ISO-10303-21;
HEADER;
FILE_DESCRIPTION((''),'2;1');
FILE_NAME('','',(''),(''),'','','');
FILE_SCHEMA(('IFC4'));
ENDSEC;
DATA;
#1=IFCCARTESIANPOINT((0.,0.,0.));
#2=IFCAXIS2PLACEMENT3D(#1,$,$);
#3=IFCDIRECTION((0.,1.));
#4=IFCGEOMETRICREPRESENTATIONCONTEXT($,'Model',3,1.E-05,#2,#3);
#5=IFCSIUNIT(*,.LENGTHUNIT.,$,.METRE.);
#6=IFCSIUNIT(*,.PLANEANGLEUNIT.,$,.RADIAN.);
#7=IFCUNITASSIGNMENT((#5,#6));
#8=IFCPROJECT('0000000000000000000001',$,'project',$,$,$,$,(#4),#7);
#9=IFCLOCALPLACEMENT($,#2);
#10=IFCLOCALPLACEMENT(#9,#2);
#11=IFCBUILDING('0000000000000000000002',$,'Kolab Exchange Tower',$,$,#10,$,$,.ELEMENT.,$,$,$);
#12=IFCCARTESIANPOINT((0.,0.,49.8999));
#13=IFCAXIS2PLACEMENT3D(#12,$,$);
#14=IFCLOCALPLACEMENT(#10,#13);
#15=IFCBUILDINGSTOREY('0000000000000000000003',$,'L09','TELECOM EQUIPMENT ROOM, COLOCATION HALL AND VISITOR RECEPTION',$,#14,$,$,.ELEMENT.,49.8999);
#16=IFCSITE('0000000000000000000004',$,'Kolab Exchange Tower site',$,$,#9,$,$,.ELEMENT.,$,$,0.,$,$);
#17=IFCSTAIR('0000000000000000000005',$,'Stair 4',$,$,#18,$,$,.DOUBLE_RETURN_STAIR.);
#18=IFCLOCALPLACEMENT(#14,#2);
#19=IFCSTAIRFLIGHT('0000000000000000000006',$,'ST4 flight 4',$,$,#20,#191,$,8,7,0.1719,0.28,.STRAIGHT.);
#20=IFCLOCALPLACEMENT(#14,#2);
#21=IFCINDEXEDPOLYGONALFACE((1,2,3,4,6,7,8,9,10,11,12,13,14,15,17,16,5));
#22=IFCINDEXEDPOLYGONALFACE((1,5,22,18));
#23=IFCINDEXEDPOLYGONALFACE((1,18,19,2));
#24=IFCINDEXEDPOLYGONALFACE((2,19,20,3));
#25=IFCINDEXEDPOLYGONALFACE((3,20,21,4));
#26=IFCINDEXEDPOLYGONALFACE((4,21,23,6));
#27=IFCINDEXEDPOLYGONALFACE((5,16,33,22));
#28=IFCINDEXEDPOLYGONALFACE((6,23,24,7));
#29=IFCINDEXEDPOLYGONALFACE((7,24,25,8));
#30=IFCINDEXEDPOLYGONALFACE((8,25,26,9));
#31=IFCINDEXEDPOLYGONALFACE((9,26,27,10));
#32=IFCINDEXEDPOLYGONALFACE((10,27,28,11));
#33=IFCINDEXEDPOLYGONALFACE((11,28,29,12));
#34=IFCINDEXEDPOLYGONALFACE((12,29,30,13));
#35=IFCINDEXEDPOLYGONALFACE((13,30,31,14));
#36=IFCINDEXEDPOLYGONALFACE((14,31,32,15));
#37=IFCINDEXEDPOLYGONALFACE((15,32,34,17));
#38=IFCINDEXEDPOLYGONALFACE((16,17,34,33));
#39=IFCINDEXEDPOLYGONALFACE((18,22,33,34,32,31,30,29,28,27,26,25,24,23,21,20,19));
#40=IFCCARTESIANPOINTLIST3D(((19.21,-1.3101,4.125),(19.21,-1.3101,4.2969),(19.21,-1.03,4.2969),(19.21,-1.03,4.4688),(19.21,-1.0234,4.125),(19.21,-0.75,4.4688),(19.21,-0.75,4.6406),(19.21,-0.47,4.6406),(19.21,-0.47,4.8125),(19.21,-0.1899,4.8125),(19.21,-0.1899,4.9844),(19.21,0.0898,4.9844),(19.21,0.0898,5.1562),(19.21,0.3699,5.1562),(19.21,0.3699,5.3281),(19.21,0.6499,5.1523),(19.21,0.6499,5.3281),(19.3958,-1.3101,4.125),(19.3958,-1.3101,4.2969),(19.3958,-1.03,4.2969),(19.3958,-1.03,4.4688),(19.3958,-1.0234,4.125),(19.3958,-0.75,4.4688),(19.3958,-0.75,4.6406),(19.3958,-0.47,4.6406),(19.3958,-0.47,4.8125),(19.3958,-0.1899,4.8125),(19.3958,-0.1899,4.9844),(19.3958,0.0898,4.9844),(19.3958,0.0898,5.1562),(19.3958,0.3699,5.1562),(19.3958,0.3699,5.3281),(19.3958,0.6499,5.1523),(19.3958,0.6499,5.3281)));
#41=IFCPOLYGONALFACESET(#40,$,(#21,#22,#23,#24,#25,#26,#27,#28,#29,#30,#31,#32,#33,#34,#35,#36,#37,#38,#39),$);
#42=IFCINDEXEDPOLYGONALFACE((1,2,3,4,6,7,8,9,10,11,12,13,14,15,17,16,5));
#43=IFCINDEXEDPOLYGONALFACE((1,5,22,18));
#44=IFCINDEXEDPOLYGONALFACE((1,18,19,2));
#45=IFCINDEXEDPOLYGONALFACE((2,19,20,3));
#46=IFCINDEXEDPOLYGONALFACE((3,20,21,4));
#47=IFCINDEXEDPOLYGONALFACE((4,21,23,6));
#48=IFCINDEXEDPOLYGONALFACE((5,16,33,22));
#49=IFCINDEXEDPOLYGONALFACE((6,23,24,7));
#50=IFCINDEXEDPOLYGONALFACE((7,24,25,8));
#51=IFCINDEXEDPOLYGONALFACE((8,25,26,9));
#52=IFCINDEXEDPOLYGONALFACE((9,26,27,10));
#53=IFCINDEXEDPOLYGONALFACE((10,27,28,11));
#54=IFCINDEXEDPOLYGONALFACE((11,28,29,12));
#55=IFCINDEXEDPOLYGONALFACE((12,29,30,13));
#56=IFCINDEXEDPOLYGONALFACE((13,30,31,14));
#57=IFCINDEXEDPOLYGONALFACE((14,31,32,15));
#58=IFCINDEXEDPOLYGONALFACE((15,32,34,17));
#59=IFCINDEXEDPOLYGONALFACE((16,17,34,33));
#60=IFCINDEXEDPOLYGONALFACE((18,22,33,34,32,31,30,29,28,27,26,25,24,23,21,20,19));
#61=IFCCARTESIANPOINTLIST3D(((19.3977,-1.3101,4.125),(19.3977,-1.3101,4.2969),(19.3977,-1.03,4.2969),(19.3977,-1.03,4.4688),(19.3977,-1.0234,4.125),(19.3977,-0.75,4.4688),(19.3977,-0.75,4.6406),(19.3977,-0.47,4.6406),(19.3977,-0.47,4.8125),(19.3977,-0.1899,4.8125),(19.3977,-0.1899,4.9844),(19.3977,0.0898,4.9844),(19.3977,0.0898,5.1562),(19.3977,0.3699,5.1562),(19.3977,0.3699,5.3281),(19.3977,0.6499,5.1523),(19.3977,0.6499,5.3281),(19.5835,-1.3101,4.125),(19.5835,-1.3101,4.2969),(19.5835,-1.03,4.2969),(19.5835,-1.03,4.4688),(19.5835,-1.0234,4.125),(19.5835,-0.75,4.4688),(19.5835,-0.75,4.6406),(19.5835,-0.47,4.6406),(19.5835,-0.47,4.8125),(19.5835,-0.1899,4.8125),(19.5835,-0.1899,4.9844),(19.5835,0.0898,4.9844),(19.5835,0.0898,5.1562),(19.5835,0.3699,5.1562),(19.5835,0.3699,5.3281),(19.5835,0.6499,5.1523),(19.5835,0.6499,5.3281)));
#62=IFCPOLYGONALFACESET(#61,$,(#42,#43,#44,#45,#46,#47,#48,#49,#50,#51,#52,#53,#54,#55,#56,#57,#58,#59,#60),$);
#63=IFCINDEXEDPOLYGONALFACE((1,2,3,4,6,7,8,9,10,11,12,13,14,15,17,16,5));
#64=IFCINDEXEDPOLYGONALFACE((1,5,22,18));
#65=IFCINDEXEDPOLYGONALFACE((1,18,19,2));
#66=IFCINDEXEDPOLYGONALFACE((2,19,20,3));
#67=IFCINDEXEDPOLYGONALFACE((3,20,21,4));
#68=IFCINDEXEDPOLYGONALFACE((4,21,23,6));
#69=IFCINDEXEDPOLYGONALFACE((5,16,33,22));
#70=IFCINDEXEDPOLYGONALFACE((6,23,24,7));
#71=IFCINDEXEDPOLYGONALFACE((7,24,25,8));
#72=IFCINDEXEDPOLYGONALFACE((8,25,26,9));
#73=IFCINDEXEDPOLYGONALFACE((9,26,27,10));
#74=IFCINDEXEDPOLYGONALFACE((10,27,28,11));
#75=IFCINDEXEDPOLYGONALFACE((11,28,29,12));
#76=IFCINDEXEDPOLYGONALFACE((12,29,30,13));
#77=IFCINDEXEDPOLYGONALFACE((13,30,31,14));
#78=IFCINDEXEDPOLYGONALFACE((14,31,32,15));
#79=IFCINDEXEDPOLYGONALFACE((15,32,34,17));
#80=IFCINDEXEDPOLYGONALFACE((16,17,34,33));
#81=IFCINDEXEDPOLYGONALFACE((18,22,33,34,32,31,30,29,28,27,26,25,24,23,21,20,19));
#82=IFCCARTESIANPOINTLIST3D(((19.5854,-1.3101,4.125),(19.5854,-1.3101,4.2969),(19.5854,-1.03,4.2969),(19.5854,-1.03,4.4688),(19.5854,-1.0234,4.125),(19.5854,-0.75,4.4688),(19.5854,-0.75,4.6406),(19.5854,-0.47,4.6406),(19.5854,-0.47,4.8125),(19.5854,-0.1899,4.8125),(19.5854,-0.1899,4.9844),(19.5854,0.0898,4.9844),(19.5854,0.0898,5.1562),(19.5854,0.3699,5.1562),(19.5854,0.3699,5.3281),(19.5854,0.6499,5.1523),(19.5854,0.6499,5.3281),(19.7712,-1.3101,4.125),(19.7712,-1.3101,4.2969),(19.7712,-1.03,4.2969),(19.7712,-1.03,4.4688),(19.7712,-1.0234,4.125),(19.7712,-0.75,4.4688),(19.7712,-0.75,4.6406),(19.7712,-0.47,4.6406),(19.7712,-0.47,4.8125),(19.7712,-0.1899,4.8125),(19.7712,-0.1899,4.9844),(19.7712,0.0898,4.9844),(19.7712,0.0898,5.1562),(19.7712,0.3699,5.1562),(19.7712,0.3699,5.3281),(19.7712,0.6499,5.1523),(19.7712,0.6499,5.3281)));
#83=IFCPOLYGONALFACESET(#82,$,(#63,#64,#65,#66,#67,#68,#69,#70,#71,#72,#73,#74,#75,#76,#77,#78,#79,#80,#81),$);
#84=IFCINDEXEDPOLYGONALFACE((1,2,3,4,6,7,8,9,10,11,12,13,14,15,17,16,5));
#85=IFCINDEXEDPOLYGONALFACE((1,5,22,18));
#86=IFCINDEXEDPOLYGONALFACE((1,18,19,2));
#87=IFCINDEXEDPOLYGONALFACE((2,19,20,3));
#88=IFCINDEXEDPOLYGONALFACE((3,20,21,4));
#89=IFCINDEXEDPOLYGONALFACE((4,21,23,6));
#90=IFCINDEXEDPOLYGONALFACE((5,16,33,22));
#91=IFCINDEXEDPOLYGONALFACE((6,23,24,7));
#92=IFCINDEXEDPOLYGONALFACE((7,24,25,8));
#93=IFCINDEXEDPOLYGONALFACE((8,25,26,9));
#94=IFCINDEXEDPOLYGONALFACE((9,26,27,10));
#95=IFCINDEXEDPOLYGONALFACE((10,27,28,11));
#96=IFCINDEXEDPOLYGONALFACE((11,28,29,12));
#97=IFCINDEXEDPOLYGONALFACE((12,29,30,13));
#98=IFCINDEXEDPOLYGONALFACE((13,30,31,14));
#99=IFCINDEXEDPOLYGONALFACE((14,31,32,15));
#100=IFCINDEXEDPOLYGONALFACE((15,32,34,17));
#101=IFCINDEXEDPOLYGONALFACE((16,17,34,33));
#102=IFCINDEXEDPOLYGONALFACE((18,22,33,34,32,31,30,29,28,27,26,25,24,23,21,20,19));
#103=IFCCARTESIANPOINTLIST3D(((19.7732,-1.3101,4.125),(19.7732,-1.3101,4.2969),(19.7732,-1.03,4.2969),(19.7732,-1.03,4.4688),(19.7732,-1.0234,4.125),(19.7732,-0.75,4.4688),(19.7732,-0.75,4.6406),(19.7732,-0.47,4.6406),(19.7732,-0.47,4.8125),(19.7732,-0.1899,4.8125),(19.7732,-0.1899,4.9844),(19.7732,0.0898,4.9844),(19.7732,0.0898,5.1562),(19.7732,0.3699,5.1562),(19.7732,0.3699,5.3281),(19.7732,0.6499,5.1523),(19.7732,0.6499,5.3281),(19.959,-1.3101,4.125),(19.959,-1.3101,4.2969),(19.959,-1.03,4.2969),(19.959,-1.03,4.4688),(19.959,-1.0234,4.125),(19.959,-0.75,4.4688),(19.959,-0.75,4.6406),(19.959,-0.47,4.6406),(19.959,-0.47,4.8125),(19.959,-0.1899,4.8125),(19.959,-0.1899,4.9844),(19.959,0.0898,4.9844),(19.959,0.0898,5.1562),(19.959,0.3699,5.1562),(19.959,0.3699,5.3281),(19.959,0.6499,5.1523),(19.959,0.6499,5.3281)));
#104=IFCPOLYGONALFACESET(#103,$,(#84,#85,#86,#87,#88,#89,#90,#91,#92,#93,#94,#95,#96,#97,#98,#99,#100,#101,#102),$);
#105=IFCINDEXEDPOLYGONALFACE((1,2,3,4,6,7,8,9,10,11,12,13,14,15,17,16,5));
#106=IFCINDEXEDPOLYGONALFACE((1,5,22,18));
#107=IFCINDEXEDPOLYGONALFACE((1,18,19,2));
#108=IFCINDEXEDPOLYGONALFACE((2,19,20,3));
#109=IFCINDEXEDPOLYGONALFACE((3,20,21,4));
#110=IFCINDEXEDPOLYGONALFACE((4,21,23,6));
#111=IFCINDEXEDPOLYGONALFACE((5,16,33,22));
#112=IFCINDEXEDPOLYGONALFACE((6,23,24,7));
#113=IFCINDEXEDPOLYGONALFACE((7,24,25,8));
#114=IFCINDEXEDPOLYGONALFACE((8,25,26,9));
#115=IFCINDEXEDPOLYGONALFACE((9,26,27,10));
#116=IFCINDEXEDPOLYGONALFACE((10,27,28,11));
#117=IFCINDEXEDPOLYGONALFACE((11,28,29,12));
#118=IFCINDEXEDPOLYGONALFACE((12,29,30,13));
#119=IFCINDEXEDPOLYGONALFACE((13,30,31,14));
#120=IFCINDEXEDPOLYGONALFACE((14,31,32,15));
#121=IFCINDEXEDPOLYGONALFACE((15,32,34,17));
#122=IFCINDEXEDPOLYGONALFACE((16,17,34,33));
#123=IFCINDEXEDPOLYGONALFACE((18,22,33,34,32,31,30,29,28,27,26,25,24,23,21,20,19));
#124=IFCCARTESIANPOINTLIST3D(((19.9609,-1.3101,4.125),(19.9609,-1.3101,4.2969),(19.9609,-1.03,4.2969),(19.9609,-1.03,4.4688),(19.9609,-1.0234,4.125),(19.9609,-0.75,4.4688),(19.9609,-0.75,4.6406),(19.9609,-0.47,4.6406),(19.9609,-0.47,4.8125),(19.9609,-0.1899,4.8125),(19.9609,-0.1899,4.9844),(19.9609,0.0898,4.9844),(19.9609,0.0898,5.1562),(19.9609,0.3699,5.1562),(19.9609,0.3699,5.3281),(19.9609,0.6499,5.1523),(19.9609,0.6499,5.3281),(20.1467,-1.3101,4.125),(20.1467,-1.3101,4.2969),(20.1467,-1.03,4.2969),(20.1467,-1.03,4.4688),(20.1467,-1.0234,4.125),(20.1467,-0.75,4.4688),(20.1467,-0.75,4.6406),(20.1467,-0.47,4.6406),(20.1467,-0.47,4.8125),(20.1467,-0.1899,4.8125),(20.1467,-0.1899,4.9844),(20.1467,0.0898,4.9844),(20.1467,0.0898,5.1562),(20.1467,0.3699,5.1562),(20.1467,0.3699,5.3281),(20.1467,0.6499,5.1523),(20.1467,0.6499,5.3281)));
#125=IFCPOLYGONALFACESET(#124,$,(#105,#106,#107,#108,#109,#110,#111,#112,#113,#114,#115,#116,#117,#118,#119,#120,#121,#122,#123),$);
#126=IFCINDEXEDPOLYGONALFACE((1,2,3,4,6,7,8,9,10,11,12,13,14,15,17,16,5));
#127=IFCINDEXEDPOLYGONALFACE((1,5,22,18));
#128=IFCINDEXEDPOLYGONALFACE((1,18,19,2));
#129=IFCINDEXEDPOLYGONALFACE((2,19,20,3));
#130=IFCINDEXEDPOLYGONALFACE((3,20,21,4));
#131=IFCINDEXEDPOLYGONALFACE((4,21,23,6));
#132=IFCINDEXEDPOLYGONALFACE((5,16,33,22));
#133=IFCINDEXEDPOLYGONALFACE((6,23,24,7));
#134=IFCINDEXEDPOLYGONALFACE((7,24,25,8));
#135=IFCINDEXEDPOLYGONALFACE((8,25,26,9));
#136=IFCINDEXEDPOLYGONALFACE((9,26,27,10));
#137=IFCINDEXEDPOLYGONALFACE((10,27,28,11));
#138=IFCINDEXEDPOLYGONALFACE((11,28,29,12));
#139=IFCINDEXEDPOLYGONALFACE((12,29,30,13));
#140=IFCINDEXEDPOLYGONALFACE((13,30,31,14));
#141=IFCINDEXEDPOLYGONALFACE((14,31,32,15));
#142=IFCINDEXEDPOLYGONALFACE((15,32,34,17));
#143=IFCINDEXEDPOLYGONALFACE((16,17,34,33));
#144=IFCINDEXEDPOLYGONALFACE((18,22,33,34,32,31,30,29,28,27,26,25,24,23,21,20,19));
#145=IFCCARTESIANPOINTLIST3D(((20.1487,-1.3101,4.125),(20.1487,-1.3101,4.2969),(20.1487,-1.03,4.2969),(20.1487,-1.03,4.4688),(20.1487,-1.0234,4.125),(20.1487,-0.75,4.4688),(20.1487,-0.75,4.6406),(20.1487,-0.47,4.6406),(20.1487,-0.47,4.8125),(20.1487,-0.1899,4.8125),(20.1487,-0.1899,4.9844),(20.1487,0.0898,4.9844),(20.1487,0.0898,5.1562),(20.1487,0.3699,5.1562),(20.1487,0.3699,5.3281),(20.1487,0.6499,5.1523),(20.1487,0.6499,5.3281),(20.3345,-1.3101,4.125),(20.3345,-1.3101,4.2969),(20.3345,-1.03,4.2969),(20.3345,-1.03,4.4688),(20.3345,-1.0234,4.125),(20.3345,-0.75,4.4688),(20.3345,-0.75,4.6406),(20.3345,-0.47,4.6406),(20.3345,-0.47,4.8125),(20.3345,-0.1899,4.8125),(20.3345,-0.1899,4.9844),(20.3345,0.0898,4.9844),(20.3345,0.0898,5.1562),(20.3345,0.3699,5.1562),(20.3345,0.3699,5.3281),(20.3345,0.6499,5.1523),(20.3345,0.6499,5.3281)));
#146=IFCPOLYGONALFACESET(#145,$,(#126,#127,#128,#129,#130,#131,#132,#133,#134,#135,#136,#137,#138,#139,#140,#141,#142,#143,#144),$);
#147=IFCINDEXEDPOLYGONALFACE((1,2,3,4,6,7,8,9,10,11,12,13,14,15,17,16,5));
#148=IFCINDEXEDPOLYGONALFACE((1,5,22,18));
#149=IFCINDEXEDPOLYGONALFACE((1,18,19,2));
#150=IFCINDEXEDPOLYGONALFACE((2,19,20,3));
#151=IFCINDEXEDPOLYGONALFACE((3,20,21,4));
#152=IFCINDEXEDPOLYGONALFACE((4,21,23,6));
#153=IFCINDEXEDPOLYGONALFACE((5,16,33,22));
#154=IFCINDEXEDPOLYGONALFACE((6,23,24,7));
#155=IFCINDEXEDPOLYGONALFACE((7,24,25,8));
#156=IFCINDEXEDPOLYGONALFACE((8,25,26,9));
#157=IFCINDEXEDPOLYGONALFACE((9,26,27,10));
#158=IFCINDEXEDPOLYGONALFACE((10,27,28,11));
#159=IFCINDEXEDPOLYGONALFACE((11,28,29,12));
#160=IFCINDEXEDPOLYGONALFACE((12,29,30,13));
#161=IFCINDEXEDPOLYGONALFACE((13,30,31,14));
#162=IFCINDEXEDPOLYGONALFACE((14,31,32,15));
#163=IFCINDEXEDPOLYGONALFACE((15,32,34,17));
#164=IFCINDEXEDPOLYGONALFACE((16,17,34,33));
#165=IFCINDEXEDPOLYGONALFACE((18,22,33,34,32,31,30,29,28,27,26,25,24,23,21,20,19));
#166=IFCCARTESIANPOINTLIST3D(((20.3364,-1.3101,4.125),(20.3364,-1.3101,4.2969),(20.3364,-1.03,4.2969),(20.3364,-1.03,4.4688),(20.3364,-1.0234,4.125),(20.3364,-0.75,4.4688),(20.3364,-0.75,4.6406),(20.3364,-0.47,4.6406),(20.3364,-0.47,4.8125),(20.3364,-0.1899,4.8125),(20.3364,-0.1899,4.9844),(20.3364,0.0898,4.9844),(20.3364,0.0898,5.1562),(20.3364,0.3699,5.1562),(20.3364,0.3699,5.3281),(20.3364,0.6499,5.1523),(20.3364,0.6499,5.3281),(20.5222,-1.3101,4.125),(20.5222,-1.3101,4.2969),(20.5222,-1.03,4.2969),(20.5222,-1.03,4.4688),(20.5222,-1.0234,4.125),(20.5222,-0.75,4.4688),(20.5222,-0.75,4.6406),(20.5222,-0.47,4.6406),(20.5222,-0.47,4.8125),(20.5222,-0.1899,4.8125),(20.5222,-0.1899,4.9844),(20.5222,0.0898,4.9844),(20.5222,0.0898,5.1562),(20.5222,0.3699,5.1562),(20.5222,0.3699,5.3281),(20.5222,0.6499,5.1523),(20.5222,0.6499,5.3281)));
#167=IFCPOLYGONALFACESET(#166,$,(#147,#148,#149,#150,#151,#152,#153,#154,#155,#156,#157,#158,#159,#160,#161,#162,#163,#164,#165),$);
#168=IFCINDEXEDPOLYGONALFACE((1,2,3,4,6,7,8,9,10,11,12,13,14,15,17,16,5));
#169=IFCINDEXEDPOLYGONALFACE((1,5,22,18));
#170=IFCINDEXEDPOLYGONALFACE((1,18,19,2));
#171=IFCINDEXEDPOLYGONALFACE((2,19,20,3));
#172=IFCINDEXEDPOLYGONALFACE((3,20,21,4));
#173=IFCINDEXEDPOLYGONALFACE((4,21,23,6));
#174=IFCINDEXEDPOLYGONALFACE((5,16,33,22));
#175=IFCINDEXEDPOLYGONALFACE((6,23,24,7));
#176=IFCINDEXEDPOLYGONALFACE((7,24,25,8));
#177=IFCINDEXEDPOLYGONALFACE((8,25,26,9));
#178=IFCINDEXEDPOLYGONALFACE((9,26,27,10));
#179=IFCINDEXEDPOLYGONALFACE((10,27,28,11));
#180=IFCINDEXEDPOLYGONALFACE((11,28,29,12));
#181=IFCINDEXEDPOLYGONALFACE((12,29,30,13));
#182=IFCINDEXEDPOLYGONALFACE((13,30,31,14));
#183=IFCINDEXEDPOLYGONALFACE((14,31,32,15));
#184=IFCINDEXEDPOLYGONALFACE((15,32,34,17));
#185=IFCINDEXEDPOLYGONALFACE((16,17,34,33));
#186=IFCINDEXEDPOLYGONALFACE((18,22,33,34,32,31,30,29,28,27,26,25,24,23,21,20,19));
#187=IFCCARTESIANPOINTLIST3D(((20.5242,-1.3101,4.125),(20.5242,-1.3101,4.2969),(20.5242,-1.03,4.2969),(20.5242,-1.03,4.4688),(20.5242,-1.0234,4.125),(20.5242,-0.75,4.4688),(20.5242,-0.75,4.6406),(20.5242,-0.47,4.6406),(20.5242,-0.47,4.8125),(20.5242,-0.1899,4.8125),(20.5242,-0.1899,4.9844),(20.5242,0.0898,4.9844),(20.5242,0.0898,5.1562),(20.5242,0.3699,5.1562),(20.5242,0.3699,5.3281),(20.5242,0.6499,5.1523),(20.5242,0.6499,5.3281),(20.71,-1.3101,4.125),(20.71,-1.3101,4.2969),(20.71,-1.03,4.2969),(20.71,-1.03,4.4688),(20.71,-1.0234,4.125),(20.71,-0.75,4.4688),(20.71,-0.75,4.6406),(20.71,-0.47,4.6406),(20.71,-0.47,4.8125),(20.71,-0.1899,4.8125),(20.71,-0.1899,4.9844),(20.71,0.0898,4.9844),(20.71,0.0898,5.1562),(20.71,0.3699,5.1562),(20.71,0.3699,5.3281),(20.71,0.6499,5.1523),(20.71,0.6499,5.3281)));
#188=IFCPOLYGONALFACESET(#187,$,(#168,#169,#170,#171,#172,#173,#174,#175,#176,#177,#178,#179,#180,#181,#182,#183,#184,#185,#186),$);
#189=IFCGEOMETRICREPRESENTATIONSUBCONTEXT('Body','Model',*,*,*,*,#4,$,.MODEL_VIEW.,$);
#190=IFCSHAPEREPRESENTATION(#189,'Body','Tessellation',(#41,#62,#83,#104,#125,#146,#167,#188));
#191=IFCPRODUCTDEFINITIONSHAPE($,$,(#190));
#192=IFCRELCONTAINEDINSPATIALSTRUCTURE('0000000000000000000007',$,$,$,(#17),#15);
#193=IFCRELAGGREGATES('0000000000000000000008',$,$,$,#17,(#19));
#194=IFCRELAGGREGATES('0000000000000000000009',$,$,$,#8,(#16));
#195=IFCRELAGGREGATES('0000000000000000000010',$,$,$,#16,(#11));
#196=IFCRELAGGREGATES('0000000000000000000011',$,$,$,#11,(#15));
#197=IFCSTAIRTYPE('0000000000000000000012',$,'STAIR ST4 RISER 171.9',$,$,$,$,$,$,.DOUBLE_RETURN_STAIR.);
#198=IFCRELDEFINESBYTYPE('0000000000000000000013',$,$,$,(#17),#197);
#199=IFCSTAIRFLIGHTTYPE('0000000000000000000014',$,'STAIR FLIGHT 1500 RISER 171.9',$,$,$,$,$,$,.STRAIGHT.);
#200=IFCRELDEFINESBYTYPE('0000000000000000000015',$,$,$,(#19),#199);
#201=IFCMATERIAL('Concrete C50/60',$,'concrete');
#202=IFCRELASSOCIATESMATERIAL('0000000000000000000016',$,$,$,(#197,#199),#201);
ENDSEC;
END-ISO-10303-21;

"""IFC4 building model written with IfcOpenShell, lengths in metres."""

from ifc_helpers import new_model, si_unit, direction, frame, origin, place, context, subcontext, project, spatial, polyline, outline, extrude, material, type_object, element, aggregate, save


model = new_model("IFC4")

# Units and contexts
model_context = context("Model", 3, precision=1e-05, world=origin(), true_north=direction((0.0, 1.0)))
body_context = subcontext(model_context, "Body", "Model", "MODEL_VIEW")
ifc_project = project(units=[si_unit("LENGTHUNIT", "METRE"), si_unit("PLANEANGLEUNIT", "RADIAN")], contexts=[model_context])

# Site, building, storey
site_placement = place(None, origin())
site = spatial("IfcSite", under=ifc_project, at=site_placement, Name="Kolab Exchange Tower site", CompositionType="ELEMENT", RefElevation=0.0)
building_placement = place(site_placement, origin())
building = spatial("IfcBuilding", under=site, at=building_placement, Name="Kolab Exchange Tower", CompositionType="ELEMENT")
storey_placement = place(building_placement, frame((0.0, 0.0, 49.8999)))
storey = spatial("IfcBuildingStorey", under=building, at=storey_placement, Name="L09", Description="TELECOM EQUIPMENT ROOM, COLOCATION HALL AND VISITOR RECEPTION", CompositionType="ELEMENT", Elevation=49.8999)

# Shared definitions
ifc_material_1 = material(Name="Concrete C50/60", Category="concrete")

# Stair, stair flight
stair_type = type_object("IfcStairType", Name="STAIR ST4 RISER 171.9", PredefinedType="DOUBLE_RETURN_STAIR", material=ifc_material_1)
stair_placement = place(storey_placement, origin())
stair = element("IfcStair", 1, at=stair_placement, inside=storey, type_object=stair_type, Name="Stair 4", PredefinedType="DOUBLE_RETURN_STAIR")
stair_flight_type = type_object("IfcStairFlightType", Name="STAIR FLIGHT 1500 RISER 171.9", PredefinedType="STRAIGHT", material=ifc_material_1)
stair_flight_1_placement = place(storey_placement, frame((19.96, -1.3101, 4.125), z_axis=(0.0, 0.0, 1.0), x_axis=(0.0, 1.0, 0.0)))
stair_flight_1 = element("IfcStairFlight", 2, at=stair_flight_1_placement, type_object=stair_flight_type, Name="ST4 flight 4", NumberOfRisers=8, NumberOfTreads=7, PredefinedType="STRAIGHT", RiserHeight=0.1719, TreadLength=0.28, context=body_context, shape_type="SweptSolid", body=[
    extrude(outline(polyline([(0.0, 0.0), (0.0, 0.1719), (0.28, 0.1719), (0.28, 0.3438), (0.5601, 0.3438), (0.5601, 0.5156), (0.8401, 0.5156), (0.8401, 0.6875), (1.1201, 0.6875), (1.1201, 0.8594), (1.3999, 0.8594), (1.3999, 1.0312), (1.6799, 1.0312), (1.6799, 1.2031), (1.96, 1.2031), (1.96, 1.375), (1.96, 1.0273), (0.2866, 0.0), (0.0, 0.0)])), frame((0.0, 0.75, 0.0), z_axis=(0.0, -1.0, 0.0), x_axis=(1.0, 0.0, 0.0)), (0.0, 0.0, 1.0), 0.1858),
    extrude(outline(polyline([(0.0, 0.0), (0.0, 0.1719), (0.28, 0.1719), (0.28, 0.3438), (0.5601, 0.3438), (0.5601, 0.5156), (0.8401, 0.5156), (0.8401, 0.6875), (1.1201, 0.6875), (1.1201, 0.8594), (1.3999, 0.8594), (1.3999, 1.0312), (1.6799, 1.0312), (1.6799, 1.2031), (1.96, 1.2031), (1.96, 1.375), (1.96, 1.0273), (0.2866, 0.0), (0.0, 0.0)])), frame((0.0, 0.5623, 0.0), z_axis=(0.0, -1.0, 0.0), x_axis=(1.0, 0.0, 0.0)), (0.0, 0.0, 1.0), 0.1858),
    extrude(outline(polyline([(0.0, 0.0), (0.0, 0.1719), (0.28, 0.1719), (0.28, 0.3438), (0.5601, 0.3438), (0.5601, 0.5156), (0.8401, 0.5156), (0.8401, 0.6875), (1.1201, 0.6875), (1.1201, 0.8594), (1.3999, 0.8594), (1.3999, 1.0312), (1.6799, 1.0312), (1.6799, 1.2031), (1.96, 1.2031), (1.96, 1.375), (1.96, 1.0273), (0.2866, 0.0), (0.0, 0.0)])), frame((0.0, 0.3745, 0.0), z_axis=(0.0, -1.0, 0.0), x_axis=(1.0, 0.0, 0.0)), (0.0, 0.0, 1.0), 0.1858),
    extrude(outline(polyline([(0.0, 0.0), (0.0, 0.1719), (0.28, 0.1719), (0.28, 0.3438), (0.5601, 0.3438), (0.5601, 0.5156), (0.8401, 0.5156), (0.8401, 0.6875), (1.1201, 0.6875), (1.1201, 0.8594), (1.3999, 0.8594), (1.3999, 1.0312), (1.6799, 1.0312), (1.6799, 1.2031), (1.96, 1.2031), (1.96, 1.375), (1.96, 1.0273), (0.2866, 0.0), (0.0, 0.0)])), frame((0.0, 0.1868, 0.0), z_axis=(0.0, -1.0, 0.0), x_axis=(1.0, 0.0, 0.0)), (0.0, 0.0, 1.0), 0.1858),
    extrude(outline(polyline([(0.0, 0.0), (0.0, 0.1719), (0.28, 0.1719), (0.28, 0.3438), (0.5601, 0.3438), (0.5601, 0.5156), (0.8401, 0.5156), (0.8401, 0.6875), (1.1201, 0.6875), (1.1201, 0.8594), (1.3999, 0.8594), (1.3999, 1.0312), (1.6799, 1.0312), (1.6799, 1.2031), (1.96, 1.2031), (1.96, 1.375), (1.96, 1.0273), (0.2866, 0.0), (0.0, 0.0)])), frame((0.0, -0.001, 0.0), z_axis=(0.0, -1.0, 0.0), x_axis=(1.0, 0.0, 0.0)), (0.0, 0.0, 1.0), 0.1858),
    extrude(outline(polyline([(0.0, 0.0), (0.0, 0.1719), (0.28, 0.1719), (0.28, 0.3438), (0.5601, 0.3438), (0.5601, 0.5156), (0.8401, 0.5156), (0.8401, 0.6875), (1.1201, 0.6875), (1.1201, 0.8594), (1.3999, 0.8594), (1.3999, 1.0312), (1.6799, 1.0312), (1.6799, 1.2031), (1.96, 1.2031), (1.96, 1.375), (1.96, 1.0273), (0.2866, 0.0), (0.0, 0.0)])), frame((0.0, -0.1887, 0.0), z_axis=(0.0, -1.0, 0.0), x_axis=(1.0, 0.0, 0.0)), (0.0, 0.0, 1.0), 0.1858),
    extrude(outline(polyline([(0.0, 0.0), (0.0, 0.1719), (0.28, 0.1719), (0.28, 0.3438), (0.5601, 0.3438), (0.5601, 0.5156), (0.8401, 0.5156), (0.8401, 0.6875), (1.1201, 0.6875), (1.1201, 0.8594), (1.3999, 0.8594), (1.3999, 1.0312), (1.6799, 1.0312), (1.6799, 1.2031), (1.96, 1.2031), (1.96, 1.375), (1.96, 1.0273), (0.2866, 0.0), (0.0, 0.0)])), frame((0.0, -0.3765, 0.0), z_axis=(0.0, -1.0, 0.0), x_axis=(1.0, 0.0, 0.0)), (0.0, 0.0, 1.0), 0.1858),
    extrude(outline(polyline([(0.0, 0.0), (0.0, 0.1719), (0.28, 0.1719), (0.28, 0.3438), (0.5601, 0.3438), (0.5601, 0.5156), (0.8401, 0.5156), (0.8401, 0.6875), (1.1201, 0.6875), (1.1201, 0.8594), (1.3999, 0.8594), (1.3999, 1.0312), (1.6799, 1.0312), (1.6799, 1.2031), (1.96, 1.2031), (1.96, 1.375), (1.96, 1.0273), (0.2866, 0.0), (0.0, 0.0)])), frame((0.0, -0.5642, 0.0), z_axis=(0.0, -1.0, 0.0), x_axis=(1.0, 0.0, 0.0)), (0.0, 0.0, 1.0), 0.1858),
])
aggregate(stair, [stair_flight_1])

save(model, "model.ifc")
